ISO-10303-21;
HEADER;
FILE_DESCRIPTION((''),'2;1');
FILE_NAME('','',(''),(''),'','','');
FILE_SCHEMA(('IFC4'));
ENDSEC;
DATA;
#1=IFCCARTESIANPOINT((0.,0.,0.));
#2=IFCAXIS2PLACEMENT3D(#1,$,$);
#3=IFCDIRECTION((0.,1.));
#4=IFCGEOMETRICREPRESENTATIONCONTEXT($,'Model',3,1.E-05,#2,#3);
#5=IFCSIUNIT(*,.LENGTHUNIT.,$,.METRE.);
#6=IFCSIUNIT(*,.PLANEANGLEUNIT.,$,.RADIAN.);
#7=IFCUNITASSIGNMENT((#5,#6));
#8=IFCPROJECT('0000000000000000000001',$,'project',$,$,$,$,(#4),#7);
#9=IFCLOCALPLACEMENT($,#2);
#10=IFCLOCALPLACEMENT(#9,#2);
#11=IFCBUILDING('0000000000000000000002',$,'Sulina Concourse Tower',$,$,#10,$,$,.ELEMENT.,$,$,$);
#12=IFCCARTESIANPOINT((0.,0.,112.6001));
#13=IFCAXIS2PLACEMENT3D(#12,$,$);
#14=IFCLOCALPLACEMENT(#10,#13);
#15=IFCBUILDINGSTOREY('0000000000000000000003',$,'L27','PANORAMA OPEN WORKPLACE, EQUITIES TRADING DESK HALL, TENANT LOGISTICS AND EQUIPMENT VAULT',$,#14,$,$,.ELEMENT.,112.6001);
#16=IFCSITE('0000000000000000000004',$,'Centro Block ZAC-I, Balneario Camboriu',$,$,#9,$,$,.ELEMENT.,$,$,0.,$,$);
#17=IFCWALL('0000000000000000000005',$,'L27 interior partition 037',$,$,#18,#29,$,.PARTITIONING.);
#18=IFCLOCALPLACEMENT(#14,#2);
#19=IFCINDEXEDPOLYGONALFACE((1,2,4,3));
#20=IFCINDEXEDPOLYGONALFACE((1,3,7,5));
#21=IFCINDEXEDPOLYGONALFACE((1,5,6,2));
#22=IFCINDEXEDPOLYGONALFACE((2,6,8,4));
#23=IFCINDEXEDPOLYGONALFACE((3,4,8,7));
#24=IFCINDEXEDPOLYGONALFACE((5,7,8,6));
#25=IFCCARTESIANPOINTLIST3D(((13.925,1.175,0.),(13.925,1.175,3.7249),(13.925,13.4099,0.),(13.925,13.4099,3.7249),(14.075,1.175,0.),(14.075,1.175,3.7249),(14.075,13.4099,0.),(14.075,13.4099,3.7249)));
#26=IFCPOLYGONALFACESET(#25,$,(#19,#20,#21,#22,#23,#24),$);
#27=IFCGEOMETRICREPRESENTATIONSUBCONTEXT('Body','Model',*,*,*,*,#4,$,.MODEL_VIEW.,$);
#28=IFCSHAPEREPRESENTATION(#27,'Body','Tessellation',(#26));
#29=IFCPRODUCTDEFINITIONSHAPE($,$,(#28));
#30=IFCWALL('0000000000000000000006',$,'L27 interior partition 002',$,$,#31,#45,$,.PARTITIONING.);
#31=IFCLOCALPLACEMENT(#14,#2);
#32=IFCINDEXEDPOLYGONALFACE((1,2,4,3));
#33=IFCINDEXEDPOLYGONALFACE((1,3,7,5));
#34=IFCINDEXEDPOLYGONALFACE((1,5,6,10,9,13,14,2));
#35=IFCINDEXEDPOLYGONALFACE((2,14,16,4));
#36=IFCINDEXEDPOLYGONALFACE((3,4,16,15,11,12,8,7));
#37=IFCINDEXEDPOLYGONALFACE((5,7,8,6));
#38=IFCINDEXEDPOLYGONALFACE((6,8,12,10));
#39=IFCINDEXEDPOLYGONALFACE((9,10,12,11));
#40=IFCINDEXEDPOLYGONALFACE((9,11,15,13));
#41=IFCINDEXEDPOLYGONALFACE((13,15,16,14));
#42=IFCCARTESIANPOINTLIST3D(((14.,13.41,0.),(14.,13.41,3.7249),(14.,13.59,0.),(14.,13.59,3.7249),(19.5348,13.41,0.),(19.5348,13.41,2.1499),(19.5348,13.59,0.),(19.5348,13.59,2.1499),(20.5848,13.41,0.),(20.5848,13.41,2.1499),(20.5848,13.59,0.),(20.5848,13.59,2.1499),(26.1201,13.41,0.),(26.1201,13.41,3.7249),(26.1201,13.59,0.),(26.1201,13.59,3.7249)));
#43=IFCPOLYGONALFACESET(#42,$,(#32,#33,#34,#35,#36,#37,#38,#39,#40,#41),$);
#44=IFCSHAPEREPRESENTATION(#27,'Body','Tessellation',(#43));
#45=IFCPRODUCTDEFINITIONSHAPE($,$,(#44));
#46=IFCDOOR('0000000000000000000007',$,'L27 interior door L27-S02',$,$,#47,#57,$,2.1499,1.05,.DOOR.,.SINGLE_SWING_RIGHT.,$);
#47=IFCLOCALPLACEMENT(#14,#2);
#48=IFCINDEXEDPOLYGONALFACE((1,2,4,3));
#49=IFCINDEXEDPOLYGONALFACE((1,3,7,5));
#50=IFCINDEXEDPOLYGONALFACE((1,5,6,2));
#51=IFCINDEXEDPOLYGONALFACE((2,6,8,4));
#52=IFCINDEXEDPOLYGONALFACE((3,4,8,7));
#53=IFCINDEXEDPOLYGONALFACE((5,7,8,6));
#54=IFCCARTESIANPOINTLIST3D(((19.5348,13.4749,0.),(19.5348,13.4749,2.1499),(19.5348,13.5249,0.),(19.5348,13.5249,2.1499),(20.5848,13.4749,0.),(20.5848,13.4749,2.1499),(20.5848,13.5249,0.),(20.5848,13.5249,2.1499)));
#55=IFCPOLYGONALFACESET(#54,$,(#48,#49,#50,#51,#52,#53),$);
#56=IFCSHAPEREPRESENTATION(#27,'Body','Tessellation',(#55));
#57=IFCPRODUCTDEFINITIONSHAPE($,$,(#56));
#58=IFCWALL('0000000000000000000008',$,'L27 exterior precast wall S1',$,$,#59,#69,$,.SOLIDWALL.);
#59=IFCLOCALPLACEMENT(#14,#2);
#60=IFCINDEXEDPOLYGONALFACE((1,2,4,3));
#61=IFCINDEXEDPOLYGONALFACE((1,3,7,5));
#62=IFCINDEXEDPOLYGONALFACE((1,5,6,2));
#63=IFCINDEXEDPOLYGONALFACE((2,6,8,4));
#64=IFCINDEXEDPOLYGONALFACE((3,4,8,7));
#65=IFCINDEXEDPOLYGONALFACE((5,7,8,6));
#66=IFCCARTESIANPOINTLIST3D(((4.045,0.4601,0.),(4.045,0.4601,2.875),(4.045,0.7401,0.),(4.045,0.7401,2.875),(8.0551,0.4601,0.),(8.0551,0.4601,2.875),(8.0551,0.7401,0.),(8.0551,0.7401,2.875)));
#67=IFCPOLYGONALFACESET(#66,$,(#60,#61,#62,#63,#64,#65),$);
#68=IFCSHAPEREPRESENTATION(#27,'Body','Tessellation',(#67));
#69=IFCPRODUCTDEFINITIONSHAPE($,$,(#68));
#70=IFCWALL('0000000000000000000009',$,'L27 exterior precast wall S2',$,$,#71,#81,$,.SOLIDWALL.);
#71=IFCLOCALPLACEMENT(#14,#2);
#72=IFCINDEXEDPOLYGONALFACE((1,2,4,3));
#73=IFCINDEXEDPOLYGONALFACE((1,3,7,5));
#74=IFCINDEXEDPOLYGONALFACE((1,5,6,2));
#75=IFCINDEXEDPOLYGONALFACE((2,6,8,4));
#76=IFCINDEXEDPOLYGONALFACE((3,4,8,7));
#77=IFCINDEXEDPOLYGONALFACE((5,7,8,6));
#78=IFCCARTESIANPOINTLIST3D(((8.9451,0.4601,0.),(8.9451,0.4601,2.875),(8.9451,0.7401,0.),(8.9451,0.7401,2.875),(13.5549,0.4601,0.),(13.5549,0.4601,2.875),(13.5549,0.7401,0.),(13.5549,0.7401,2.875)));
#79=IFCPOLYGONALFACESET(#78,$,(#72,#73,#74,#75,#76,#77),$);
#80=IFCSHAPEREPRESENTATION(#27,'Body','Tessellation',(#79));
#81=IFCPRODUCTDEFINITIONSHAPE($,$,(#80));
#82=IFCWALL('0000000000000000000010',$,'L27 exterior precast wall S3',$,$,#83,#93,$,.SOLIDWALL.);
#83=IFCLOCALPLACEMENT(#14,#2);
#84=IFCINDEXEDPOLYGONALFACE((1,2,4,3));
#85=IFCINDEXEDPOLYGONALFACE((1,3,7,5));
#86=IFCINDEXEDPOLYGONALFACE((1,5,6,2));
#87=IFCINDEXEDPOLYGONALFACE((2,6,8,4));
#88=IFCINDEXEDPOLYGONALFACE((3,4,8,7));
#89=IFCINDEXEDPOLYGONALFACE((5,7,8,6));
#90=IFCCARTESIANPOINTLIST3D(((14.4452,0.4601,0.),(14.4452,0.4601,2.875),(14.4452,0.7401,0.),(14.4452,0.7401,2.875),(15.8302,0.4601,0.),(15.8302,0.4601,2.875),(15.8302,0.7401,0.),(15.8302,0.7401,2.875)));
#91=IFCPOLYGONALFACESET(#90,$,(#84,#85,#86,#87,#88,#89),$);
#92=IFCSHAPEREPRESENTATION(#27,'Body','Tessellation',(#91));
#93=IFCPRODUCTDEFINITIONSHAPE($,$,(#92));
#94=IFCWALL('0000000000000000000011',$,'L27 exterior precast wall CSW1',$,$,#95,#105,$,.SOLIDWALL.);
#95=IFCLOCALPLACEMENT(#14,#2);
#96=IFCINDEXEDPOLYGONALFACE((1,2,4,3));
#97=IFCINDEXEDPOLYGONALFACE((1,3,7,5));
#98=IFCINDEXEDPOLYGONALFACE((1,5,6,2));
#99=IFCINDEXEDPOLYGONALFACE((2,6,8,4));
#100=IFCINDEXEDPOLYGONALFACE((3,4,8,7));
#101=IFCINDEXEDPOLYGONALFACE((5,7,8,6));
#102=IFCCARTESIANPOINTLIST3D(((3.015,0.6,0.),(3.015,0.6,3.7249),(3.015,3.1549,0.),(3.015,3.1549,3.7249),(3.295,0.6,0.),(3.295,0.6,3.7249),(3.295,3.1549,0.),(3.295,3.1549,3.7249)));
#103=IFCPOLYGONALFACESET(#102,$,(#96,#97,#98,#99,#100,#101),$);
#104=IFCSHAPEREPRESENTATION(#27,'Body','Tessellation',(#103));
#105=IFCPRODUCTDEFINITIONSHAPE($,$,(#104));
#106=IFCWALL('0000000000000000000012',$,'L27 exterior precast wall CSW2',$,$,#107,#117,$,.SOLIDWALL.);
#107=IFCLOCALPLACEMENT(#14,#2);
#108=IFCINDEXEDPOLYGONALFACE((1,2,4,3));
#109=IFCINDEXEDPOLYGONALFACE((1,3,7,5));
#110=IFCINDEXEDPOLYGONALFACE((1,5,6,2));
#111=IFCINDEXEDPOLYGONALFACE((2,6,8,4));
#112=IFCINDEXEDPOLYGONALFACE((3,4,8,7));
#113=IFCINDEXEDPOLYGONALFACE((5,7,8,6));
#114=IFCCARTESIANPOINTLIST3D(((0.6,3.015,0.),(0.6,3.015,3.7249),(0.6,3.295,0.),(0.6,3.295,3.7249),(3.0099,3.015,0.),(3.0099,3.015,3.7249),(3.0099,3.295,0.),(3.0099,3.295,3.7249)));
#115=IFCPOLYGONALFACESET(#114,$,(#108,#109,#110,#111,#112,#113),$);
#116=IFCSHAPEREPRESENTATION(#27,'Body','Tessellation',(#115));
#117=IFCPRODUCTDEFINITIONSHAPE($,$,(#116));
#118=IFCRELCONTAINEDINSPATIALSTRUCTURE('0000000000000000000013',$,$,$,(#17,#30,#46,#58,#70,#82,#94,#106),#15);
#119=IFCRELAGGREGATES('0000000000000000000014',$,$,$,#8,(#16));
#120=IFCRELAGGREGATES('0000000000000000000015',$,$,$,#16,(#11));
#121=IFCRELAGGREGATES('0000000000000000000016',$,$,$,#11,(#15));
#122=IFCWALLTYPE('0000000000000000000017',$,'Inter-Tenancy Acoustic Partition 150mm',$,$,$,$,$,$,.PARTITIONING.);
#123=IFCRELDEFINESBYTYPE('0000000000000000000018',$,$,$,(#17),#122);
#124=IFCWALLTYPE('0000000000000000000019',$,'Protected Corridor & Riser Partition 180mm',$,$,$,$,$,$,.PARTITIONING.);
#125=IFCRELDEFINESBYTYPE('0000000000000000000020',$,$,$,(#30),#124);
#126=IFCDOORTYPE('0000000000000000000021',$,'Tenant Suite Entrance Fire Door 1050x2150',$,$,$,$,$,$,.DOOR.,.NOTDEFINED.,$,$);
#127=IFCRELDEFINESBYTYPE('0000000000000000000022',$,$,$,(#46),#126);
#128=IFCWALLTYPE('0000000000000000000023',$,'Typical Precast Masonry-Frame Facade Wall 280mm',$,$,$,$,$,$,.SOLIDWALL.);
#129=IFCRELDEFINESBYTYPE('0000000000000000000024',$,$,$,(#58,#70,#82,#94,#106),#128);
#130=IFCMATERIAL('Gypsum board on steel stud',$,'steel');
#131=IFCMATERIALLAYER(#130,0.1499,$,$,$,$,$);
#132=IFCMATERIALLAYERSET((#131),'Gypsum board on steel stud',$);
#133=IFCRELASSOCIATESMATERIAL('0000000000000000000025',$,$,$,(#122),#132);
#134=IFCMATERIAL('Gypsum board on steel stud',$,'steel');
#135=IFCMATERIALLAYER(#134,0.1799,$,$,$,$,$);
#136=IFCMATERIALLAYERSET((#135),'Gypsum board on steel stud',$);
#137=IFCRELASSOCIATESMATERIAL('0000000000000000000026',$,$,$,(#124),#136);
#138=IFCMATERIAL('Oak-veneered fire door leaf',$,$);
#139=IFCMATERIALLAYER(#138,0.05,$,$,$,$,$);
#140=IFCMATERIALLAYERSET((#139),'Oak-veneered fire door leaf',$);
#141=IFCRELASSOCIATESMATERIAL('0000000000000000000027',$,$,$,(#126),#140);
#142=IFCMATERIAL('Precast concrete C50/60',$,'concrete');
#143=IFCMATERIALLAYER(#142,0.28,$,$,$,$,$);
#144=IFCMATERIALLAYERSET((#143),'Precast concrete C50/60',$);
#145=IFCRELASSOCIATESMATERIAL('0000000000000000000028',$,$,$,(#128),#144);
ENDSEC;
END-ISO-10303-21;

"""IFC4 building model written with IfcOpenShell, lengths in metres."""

from ifc_helpers import new_model, si_unit, direction, frame, frame_2d, origin, place, context, subcontext, project, spatial, rectangle, extrude, material, layer, layer_set, type_object, element, fill, save


model = new_model("IFC4")

# Units and contexts
model_context = context("Model", 3, precision=1e-05, world=origin(), true_north=direction((0.0, 1.0)))
body_context = subcontext(model_context, "Body", "Model", "MODEL_VIEW")
ifc_project = project(units=[si_unit("LENGTHUNIT", "METRE"), si_unit("PLANEANGLEUNIT", "RADIAN")], contexts=[model_context])

# Site, building, storey
site_placement = place(None, origin())
site = spatial("IfcSite", under=ifc_project, at=site_placement, Name="Centro Block ZAC-I, Balneario Camboriu", CompositionType="ELEMENT", RefElevation=0.0)
building_placement = place(site_placement, origin())
building = spatial("IfcBuilding", under=site, at=building_placement, Name="Sulina Concourse Tower", CompositionType="ELEMENT")
storey_placement = place(building_placement, frame((0.0, 0.0, 112.6001)))
storey = spatial("IfcBuildingStorey", under=building, at=storey_placement, Name="L27", Description="PANORAMA OPEN WORKPLACE, EQUITIES TRADING DESK HALL, TENANT LOGISTICS AND EQUIPMENT VAULT", CompositionType="ELEMENT", Elevation=112.6001)

# Wall
ifc_material_1 = material(Name="Gypsum board on steel stud", Category="steel")
ifc_layer_1 = layer(ifc_material_1, 0.1499)
ifc_layer_set_1 = layer_set([ifc_layer_1], Name="Gypsum board on steel stud")
wall_type_1 = type_object("IfcWallType", Name="Inter-Tenancy Acoustic Partition 150mm", PredefinedType="PARTITIONING", material=ifc_layer_set_1)
wall_1_placement = place(storey_placement, frame((14.0, 1.175, 0.0), z_axis=(0.0, 0.0, 1.0), x_axis=(0.0, 1.0, 0.0)))
element("IfcWall", 1, at=wall_1_placement, inside=storey, type_object=wall_type_1, Name="L27 interior partition 037", PredefinedType="PARTITIONING", context=body_context, shape_type="SweptSolid", body=[
    extrude(rectangle(XDim=12.2349, YDim=0.1499, at=frame_2d((6.1174, 0.0))), origin(), (0.0, 0.0, 1.0), 3.7249),
])

# Wall, opening, door
ifc_material_2 = material(Name="Gypsum board on steel stud", Category="steel")
ifc_layer_2 = layer(ifc_material_2, 0.1799)
ifc_layer_set_2 = layer_set([ifc_layer_2], Name="Gypsum board on steel stud")
wall_type_2 = type_object("IfcWallType", Name="Protected Corridor & Riser Partition 180mm", PredefinedType="PARTITIONING", material=ifc_layer_set_2)
wall_2_placement = place(storey_placement, frame((14.0, 13.5, 0.0), z_axis=(0.0, 0.0, 1.0), x_axis=(1.0, 0.0, 0.0)))
wall_2 = element("IfcWall", 2, at=wall_2_placement, inside=storey, type_object=wall_type_2, Name="L27 interior partition 002", PredefinedType="PARTITIONING", context=body_context, shape_type="SweptSolid", body=[
    extrude(rectangle(XDim=12.1201, YDim=0.1799, at=frame_2d((6.0601, 0.0))), origin(), (0.0, 0.0, 1.0), 3.7249),
])
opening_placement = place(wall_2_placement, frame((5.5349, 0.0, 0.0)))
opening = element("IfcOpeningElement", 3, at=opening_placement, cuts=wall_2, PredefinedType="OPENING", context=body_context, shape_type="SweptSolid", body=[
    extrude(rectangle(XDim=1.05, YDim=2.1499, at=frame_2d((0.5249, 1.075))), frame((0.0, 0.0999, 0.0), z_axis=(0.0, -1.0, 0.0), x_axis=(1.0, 0.0, 0.0)), (0.0, 0.0, 1.0), 0.2),
])
ifc_material_3 = material(Name="Oak-veneered fire door leaf")
ifc_layer_3 = layer(ifc_material_3, 0.05)
ifc_layer_set_3 = layer_set([ifc_layer_3], Name="Oak-veneered fire door leaf")
door_type = type_object("IfcDoorType", Name="Tenant Suite Entrance Fire Door 1050x2150", OperationType="NOTDEFINED", PredefinedType="DOOR", material=ifc_layer_set_3)
door_placement = place(opening_placement, origin())
door = element("IfcDoor", 4, at=door_placement, inside=storey, type_object=door_type, Name="L27 interior door L27-S02", OperationType="SINGLE_SWING_RIGHT", OverallHeight=2.1499, OverallWidth=1.05, PredefinedType="DOOR", context=body_context, shape_type="SweptSolid", body=[
    extrude(rectangle(XDim=1.05, YDim=2.1499, at=frame_2d((0.5249, 1.075))), frame((0.0, 0.0249, 0.0), z_axis=(0.0, -1.0, 0.0), x_axis=(1.0, 0.0, 0.0)), (0.0, 0.0, 1.0), 0.05),
])
fill(opening, door)

# Walls
ifc_material_4 = material(Name="Precast concrete C50/60", Category="concrete")
ifc_layer_4 = layer(ifc_material_4, 0.28)
ifc_layer_set_4 = layer_set([ifc_layer_4], Name="Precast concrete C50/60")
wall_type_3 = type_object("IfcWallType", Name="Typical Precast Masonry-Frame Facade Wall 280mm", PredefinedType="SOLIDWALL", material=ifc_layer_set_4)
wall_3_placement = place(storey_placement, frame((8.0549, 0.6001, 0.0), z_axis=(0.0, 0.0, 1.0), x_axis=(-1.0, 0.0, 0.0)))
element("IfcWall", 5, at=wall_3_placement, inside=storey, type_object=wall_type_3, Name="L27 exterior precast wall S1", PredefinedType="SOLIDWALL", context=body_context, shape_type="SweptSolid", body=[
    extrude(rectangle(XDim=4.01, YDim=0.28, at=frame_2d((2.0049, 0.0))), origin(), (0.0, 0.0, 1.0), 2.875),
])
wall_4_placement = place(storey_placement, frame((13.5549, 0.6001, 0.0), z_axis=(0.0, 0.0, 1.0), x_axis=(-1.0, 0.0, 0.0)))
element("IfcWall", 6, at=wall_4_placement, inside=storey, type_object=wall_type_3, Name="L27 exterior precast wall S2", PredefinedType="SOLIDWALL", context=body_context, shape_type="SweptSolid", body=[
    extrude(rectangle(XDim=4.6099, YDim=0.28, at=frame_2d((2.3049, 0.0))), origin(), (0.0, 0.0, 1.0), 2.875),
])
wall_5_placement = place(storey_placement, frame((15.8301, 0.6001, 0.0), z_axis=(0.0, 0.0, 1.0), x_axis=(-1.0, 0.0, 0.0)))
element("IfcWall", 7, at=wall_5_placement, inside=storey, type_object=wall_type_3, Name="L27 exterior precast wall S3", PredefinedType="SOLIDWALL", context=body_context, shape_type="SweptSolid", body=[
    extrude(rectangle(XDim=1.385, YDim=0.28, at=frame_2d((0.6924, 0.0))), origin(), (0.0, 0.0, 1.0), 2.875),
])
wall_6_placement = place(storey_placement, frame((3.155, 0.6001, 0.0), z_axis=(0.0, 0.0, 1.0), x_axis=(0.0, 1.0, 0.0)))
element("IfcWall", 8, at=wall_6_placement, inside=storey, type_object=wall_type_3, Name="L27 exterior precast wall CSW1", PredefinedType="SOLIDWALL", context=body_context, shape_type="SweptSolid", body=[
    extrude(rectangle(XDim=2.5549, YDim=0.28, at=frame_2d((1.2773, 0.0))), origin(), (0.0, 0.0, 1.0), 3.7249),
])
wall_7_placement = place(storey_placement, frame((3.01, 3.155, 0.0), z_axis=(0.0, 0.0, 1.0), x_axis=(-1.0, 0.0, 0.0)))
element("IfcWall", 9, at=wall_7_placement, inside=storey, type_object=wall_type_3, Name="L27 exterior precast wall CSW2", PredefinedType="SOLIDWALL", context=body_context, shape_type="SweptSolid", body=[
    extrude(rectangle(XDim=2.4099, YDim=0.28, at=frame_2d((1.2051, 0.0))), origin(), (0.0, 0.0, 1.0), 3.7249),
])

save(model, "model.ifc")
